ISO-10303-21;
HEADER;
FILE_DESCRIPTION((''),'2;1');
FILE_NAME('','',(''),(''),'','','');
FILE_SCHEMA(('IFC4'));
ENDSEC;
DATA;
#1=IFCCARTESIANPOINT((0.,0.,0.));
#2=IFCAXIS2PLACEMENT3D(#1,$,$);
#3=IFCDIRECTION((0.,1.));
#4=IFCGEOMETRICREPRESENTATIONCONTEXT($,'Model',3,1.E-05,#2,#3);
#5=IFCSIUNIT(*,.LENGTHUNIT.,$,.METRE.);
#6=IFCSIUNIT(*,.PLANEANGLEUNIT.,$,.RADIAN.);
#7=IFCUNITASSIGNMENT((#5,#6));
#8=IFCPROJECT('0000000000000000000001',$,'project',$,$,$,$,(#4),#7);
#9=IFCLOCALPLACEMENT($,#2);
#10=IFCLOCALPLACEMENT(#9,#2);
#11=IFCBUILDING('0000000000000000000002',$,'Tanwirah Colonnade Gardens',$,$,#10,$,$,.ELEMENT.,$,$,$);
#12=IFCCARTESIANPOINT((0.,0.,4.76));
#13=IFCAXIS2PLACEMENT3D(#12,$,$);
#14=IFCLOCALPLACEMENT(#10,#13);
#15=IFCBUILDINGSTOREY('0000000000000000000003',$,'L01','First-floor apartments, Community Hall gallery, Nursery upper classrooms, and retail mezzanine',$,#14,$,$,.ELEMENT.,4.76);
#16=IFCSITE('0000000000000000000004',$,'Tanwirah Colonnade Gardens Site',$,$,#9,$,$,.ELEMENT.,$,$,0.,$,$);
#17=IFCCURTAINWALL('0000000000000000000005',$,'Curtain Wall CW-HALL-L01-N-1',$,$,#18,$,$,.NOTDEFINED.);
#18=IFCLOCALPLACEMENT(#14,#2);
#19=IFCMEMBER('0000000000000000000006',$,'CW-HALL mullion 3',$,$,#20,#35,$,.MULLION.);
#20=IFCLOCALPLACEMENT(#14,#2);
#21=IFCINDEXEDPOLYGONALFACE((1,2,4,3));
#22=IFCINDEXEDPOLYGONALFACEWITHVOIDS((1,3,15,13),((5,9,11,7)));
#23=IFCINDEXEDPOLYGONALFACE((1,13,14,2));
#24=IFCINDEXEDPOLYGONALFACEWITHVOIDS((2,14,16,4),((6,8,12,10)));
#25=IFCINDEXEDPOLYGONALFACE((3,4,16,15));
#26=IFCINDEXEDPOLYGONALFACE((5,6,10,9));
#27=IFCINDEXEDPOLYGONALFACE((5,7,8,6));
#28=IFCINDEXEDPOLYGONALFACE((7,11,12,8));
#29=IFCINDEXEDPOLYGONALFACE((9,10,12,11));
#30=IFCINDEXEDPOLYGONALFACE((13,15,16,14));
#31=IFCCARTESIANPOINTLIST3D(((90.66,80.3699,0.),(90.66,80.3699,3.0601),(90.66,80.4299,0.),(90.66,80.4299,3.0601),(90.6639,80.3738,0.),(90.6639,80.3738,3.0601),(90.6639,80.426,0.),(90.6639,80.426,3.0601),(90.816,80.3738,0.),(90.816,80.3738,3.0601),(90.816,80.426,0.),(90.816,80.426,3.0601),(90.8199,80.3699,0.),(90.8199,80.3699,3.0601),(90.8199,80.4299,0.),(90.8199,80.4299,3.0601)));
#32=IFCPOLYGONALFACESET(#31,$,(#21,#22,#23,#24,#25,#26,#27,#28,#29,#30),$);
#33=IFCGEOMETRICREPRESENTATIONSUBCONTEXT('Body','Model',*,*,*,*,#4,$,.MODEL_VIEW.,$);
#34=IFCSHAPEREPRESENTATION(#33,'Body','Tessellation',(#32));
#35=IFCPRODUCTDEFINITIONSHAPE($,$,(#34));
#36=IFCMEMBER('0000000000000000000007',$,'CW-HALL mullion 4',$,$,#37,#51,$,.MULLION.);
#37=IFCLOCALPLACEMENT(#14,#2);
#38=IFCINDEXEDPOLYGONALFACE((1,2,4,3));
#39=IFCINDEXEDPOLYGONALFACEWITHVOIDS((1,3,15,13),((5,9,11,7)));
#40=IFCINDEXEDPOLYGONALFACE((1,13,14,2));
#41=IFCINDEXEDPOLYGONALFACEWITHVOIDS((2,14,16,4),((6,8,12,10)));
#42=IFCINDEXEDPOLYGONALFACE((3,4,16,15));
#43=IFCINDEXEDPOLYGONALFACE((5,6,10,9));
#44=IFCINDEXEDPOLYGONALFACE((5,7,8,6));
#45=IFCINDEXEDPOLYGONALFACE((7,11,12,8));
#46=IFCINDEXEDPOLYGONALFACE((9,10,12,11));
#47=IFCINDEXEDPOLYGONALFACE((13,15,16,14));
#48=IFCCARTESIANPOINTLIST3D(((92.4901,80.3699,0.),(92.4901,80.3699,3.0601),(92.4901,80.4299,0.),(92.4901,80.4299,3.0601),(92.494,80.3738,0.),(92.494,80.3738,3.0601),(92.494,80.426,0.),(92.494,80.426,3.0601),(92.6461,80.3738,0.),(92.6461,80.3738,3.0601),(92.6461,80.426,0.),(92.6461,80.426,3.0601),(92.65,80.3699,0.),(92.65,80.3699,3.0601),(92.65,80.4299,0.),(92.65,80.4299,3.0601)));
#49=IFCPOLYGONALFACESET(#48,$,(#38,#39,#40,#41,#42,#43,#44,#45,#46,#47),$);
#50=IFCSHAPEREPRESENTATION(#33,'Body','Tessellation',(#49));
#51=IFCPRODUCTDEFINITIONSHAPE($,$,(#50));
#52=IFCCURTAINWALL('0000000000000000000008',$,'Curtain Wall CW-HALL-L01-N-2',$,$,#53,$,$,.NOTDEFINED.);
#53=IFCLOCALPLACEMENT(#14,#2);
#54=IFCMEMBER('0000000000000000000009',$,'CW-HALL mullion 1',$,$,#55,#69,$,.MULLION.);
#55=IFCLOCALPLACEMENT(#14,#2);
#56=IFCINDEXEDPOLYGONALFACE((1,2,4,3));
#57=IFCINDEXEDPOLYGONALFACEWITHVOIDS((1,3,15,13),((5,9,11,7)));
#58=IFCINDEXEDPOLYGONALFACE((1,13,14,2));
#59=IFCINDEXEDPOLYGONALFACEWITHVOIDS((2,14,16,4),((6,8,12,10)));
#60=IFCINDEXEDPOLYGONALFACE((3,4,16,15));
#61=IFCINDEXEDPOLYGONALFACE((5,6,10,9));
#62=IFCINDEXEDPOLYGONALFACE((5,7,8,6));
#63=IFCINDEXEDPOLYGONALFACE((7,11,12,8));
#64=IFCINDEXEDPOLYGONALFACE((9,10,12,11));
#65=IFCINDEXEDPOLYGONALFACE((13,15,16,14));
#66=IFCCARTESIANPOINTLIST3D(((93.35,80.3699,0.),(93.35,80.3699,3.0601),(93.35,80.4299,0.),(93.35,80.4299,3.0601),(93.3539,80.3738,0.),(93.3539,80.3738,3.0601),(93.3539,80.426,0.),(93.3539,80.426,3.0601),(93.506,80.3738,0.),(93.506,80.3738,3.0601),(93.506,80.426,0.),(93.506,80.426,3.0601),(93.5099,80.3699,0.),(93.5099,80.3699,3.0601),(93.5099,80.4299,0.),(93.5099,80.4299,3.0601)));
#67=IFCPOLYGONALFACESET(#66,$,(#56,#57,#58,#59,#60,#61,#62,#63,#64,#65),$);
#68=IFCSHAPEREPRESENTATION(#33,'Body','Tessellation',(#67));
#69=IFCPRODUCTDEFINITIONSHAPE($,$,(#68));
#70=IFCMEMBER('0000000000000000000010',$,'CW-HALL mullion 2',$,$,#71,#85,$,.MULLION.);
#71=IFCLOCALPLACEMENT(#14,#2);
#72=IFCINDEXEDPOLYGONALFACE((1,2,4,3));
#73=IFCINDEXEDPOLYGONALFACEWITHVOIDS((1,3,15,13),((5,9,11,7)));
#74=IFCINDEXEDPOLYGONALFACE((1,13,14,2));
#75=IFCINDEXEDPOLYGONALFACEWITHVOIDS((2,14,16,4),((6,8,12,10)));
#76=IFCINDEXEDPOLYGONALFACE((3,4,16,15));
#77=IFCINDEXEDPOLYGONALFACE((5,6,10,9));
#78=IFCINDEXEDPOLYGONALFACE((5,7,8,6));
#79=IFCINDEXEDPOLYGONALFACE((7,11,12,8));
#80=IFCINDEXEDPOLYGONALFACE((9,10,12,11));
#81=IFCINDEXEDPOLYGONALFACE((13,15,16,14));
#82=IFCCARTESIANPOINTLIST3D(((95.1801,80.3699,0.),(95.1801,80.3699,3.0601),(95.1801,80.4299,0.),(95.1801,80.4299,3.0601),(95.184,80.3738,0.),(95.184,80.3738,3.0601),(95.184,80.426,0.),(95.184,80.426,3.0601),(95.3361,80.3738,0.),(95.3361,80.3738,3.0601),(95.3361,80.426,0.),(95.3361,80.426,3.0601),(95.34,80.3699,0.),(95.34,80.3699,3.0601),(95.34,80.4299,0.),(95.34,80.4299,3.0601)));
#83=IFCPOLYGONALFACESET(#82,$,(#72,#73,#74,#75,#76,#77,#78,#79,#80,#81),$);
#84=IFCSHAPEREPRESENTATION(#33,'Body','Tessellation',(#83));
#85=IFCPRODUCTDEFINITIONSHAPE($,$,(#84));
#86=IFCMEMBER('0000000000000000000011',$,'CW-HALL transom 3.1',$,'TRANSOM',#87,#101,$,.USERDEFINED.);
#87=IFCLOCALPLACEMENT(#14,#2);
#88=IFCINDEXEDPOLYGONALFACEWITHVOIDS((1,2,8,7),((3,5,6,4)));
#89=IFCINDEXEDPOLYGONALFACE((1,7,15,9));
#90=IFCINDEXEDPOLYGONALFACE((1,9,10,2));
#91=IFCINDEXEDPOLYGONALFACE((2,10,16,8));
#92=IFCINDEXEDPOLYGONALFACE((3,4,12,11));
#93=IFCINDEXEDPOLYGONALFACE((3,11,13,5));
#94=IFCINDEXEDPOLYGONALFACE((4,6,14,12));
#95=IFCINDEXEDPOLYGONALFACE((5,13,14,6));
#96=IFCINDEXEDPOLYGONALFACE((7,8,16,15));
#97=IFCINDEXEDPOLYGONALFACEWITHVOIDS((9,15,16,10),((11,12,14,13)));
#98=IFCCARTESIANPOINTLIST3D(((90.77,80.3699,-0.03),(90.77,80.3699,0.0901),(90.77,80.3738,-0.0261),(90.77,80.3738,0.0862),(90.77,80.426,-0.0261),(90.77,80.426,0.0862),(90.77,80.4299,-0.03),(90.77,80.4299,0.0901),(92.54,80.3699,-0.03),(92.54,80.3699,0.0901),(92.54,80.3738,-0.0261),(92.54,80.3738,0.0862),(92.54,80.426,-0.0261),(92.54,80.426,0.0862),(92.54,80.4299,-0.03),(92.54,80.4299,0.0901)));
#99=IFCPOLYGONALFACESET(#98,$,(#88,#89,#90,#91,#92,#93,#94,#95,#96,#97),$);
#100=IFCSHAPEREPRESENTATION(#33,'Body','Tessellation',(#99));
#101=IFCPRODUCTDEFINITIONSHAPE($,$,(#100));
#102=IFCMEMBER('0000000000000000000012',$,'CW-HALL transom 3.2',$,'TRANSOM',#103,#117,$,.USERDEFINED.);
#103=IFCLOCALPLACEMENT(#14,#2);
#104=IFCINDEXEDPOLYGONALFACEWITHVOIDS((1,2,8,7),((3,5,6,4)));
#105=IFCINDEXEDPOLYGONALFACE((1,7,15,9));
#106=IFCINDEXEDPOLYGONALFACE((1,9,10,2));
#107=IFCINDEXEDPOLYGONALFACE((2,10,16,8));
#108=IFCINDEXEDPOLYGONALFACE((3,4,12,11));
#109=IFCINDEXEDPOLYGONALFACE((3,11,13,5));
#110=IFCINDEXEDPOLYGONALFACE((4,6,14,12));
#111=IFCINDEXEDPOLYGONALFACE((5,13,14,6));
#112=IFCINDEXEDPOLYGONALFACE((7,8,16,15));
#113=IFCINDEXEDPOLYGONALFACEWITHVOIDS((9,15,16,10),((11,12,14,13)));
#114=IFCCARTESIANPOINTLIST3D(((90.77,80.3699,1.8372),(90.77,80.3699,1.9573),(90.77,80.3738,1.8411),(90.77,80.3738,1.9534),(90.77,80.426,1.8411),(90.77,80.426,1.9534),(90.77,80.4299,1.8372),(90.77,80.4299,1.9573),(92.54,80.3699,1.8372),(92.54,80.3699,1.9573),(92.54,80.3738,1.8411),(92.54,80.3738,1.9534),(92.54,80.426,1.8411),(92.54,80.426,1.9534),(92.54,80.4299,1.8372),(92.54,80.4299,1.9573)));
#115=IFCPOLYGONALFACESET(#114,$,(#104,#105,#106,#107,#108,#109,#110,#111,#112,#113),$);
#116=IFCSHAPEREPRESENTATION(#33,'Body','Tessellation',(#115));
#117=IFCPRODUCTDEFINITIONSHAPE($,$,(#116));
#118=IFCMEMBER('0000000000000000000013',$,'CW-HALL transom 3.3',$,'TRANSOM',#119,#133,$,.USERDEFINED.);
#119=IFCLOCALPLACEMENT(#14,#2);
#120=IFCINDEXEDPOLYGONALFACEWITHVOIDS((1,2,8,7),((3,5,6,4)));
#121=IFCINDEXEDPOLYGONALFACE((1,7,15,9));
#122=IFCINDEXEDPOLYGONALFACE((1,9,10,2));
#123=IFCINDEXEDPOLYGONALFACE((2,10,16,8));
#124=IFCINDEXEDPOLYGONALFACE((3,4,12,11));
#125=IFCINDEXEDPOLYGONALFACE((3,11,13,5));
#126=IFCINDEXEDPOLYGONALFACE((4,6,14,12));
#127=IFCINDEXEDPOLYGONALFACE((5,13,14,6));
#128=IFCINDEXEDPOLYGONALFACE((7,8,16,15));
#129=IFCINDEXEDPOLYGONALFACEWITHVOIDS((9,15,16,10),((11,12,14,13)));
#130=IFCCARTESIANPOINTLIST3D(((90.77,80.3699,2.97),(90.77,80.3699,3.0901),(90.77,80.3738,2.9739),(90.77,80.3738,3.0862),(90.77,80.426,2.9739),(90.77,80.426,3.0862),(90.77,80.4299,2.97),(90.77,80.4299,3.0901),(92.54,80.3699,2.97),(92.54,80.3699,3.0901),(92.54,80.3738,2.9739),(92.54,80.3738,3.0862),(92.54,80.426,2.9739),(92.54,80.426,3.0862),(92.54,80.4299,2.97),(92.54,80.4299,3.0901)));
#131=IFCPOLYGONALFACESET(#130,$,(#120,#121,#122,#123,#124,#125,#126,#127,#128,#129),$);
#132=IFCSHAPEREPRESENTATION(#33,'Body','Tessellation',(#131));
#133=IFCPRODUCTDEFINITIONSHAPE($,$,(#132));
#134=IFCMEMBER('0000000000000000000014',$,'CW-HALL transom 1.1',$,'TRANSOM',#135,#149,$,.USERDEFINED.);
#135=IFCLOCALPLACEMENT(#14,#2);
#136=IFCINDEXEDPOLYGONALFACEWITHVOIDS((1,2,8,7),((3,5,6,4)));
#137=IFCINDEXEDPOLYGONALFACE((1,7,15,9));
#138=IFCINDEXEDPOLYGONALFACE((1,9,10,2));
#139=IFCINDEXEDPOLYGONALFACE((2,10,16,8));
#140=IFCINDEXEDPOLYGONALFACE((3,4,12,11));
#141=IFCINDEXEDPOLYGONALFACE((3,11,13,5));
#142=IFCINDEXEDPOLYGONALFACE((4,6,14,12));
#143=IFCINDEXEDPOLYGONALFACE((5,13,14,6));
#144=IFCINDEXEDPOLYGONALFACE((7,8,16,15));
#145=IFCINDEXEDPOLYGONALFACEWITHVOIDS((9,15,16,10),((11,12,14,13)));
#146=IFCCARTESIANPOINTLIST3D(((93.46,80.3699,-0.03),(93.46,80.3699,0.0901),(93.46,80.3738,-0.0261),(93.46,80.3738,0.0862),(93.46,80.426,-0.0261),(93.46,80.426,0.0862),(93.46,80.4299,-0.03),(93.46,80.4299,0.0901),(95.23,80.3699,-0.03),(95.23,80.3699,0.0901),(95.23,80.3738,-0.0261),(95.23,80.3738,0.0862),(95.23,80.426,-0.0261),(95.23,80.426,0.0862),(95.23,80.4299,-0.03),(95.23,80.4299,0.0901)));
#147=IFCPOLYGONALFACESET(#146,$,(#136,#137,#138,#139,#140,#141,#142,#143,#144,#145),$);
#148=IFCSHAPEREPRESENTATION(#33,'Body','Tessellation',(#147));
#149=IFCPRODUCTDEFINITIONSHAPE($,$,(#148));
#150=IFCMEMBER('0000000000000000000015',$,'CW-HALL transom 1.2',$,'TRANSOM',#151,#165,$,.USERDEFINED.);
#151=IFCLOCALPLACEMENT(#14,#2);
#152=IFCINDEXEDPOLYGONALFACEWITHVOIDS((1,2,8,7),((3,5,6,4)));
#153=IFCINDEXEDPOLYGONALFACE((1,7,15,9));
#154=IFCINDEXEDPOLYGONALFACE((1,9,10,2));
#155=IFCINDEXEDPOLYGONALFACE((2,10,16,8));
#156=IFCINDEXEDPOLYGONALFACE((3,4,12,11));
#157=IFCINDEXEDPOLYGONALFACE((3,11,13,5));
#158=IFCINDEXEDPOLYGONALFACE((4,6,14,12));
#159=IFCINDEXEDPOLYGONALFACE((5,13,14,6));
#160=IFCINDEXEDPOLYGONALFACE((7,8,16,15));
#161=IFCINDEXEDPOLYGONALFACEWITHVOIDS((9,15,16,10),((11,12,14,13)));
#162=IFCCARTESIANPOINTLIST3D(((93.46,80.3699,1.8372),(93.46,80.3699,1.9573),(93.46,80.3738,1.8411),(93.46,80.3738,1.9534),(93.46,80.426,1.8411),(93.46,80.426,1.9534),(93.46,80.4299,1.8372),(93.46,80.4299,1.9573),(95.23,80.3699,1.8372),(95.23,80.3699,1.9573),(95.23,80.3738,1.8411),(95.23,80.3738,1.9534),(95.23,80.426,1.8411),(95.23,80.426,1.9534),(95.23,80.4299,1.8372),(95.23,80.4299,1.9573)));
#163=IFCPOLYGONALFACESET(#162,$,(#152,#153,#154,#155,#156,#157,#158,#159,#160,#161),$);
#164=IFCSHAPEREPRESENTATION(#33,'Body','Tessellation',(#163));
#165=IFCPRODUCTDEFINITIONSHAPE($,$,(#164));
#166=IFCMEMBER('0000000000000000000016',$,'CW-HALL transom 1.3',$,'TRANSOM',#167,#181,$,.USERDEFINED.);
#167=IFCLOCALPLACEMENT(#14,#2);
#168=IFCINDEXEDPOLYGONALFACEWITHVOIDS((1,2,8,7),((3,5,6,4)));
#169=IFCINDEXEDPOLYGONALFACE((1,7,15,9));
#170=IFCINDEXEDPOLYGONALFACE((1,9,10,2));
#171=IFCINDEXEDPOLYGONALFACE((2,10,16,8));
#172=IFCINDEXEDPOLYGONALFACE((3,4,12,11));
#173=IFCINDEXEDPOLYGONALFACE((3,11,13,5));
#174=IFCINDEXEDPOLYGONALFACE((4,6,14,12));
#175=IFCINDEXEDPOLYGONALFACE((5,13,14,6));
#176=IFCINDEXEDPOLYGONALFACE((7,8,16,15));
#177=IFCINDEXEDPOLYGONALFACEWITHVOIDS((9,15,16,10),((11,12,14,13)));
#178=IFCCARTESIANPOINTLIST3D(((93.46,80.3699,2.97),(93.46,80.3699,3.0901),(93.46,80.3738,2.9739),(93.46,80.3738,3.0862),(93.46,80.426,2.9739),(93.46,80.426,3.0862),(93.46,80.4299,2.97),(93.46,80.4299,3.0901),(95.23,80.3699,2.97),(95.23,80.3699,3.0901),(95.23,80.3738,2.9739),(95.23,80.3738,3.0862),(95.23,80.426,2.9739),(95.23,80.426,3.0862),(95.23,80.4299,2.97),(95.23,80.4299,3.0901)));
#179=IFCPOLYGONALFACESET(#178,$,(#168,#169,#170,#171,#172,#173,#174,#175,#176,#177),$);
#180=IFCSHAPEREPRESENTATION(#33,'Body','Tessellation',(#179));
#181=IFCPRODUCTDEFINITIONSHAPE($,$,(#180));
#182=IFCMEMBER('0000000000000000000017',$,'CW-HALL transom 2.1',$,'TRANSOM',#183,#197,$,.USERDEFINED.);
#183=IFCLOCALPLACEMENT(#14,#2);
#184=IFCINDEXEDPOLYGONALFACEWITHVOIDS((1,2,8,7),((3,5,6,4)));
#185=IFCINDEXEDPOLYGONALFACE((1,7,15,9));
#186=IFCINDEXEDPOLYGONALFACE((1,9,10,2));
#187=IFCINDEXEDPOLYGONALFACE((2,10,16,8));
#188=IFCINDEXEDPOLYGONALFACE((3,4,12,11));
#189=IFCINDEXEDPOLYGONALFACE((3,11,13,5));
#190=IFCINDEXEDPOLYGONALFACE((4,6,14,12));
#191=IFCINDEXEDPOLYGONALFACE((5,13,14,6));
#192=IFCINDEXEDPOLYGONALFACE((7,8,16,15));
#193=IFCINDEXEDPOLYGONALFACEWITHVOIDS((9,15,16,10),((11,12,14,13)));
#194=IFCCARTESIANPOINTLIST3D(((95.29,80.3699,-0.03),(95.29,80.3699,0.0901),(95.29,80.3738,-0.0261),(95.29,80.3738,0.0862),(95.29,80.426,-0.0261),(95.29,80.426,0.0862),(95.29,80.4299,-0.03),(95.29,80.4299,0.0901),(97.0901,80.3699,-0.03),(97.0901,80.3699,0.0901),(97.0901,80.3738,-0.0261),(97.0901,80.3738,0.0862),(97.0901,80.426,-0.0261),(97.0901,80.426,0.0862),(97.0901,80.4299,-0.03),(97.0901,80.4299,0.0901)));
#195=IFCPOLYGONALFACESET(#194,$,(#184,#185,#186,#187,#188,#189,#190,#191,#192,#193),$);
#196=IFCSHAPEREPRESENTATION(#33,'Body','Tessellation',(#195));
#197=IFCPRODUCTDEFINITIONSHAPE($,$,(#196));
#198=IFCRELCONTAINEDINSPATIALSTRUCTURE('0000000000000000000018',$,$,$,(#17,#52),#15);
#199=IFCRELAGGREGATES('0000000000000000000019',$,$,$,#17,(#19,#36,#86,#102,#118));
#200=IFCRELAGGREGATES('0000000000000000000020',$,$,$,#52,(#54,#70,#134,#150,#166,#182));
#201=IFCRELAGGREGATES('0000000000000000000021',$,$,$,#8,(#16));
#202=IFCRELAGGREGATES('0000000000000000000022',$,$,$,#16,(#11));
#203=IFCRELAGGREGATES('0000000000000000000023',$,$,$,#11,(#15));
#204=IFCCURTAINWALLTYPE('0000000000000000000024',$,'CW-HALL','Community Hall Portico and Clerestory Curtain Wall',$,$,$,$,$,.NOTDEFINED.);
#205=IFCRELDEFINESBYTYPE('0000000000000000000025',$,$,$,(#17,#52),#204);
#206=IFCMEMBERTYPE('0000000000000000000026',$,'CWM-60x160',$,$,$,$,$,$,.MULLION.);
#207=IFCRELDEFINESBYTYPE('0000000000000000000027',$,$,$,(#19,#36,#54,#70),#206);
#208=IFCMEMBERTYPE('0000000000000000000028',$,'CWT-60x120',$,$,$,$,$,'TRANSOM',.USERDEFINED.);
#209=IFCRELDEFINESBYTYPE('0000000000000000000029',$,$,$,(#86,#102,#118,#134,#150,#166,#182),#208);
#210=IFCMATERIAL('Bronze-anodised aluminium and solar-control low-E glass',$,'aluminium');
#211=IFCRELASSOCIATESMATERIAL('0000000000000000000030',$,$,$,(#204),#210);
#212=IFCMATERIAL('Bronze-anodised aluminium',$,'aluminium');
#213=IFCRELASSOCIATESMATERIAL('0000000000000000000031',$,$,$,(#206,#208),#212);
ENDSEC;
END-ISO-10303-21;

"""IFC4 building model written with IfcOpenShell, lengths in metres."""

from ifc_helpers import new_model, si_unit, direction, frame, origin, origin_2d, place, context, subcontext, project, spatial, hollow_rectangle, extrude, material, material_profile, profile_set, type_object, element, aggregate, save


model = new_model("IFC4")

# Units and contexts
model_context = context("Model", 3, precision=1e-05, world=origin(), true_north=direction((0.0, 1.0)))
body_context = subcontext(model_context, "Body", "Model", "MODEL_VIEW")
ifc_project = project(units=[si_unit("LENGTHUNIT", "METRE"), si_unit("PLANEANGLEUNIT", "RADIAN")], contexts=[model_context])

# Site, building, storey
site_placement = place(None, origin())
site = spatial("IfcSite", under=ifc_project, at=site_placement, Name="Tanwirah Colonnade Gardens Site", CompositionType="ELEMENT", RefElevation=0.0)
building_placement = place(site_placement, origin())
building = spatial("IfcBuilding", under=site, at=building_placement, Name="Tanwirah Colonnade Gardens", CompositionType="ELEMENT")
storey_placement = place(building_placement, frame((0.0, 0.0, 4.76)))
storey = spatial("IfcBuildingStorey", under=building, at=storey_placement, Name="L01", Description="First-floor apartments, Community Hall gallery, Nursery upper classrooms, and retail mezzanine", CompositionType="ELEMENT", Elevation=4.76)

# Curtain walls, members
ifc_material_1 = material(Name="Bronze-anodised aluminium and solar-control low-E glass", Category="aluminium")
curtain_wall_type = type_object("IfcCurtainWallType", Name="CW-HALL", Description="Community Hall Portico and Clerestory Curtain Wall", PredefinedType="NOTDEFINED", material=ifc_material_1)
curtain_wall_1_placement = place(storey_placement, origin())
curtain_wall_1 = element("IfcCurtainWall", 1, at=curtain_wall_1_placement, inside=storey, type_object=curtain_wall_type, Name="Curtain Wall CW-HALL-L01-N-1", PredefinedType="NOTDEFINED")
ifc_material_2 = material(Name="Bronze-anodised aluminium", Category="aluminium")
ifc_material_profile_1 = material_profile(ifc_material_2, hollow_rectangle(XDim=0.0601, YDim=0.1599, WallThickness=0.0039, at=origin_2d()), Name="CW-MUL 60x160x4")
ifc_profile_set_1 = profile_set([ifc_material_profile_1], Name="Bronze-anodised aluminium")
member_type_1 = type_object("IfcMemberType", Name="CWM-60x160", PredefinedType="MULLION", material=ifc_profile_set_1)
member_1_placement = place(storey_placement, frame((90.74, 80.3999, 0.0), z_axis=(0.0, 0.0, 1.0), x_axis=(0.0, 1.0, 0.0)))
member_1 = element("IfcMember", 2, at=member_1_placement, type_object=member_type_1, Name="CW-HALL mullion 3", PredefinedType="MULLION", context=body_context, shape_type="SweptSolid", body=[
    extrude(hollow_rectangle(XDim=0.0601, YDim=0.1599, WallThickness=0.0039, at=origin_2d()), origin(), (0.0, 0.0, 1.0), 3.0601),
])
member_2_placement = place(storey_placement, frame((92.5701, 80.3999, 0.0), z_axis=(0.0, 0.0, 1.0), x_axis=(0.0, 1.0, 0.0)))
member_2 = element("IfcMember", 3, at=member_2_placement, type_object=member_type_1, Name="CW-HALL mullion 4", PredefinedType="MULLION", context=body_context, shape_type="SweptSolid", body=[
    extrude(hollow_rectangle(XDim=0.0601, YDim=0.1599, WallThickness=0.0039, at=origin_2d()), origin(), (0.0, 0.0, 1.0), 3.0601),
])
curtain_wall_2_placement = place(storey_placement, origin())
curtain_wall_2 = element("IfcCurtainWall", 4, at=curtain_wall_2_placement, inside=storey, type_object=curtain_wall_type, Name="Curtain Wall CW-HALL-L01-N-2", PredefinedType="NOTDEFINED")
member_3_placement = place(storey_placement, frame((93.4299, 80.3999, 0.0), z_axis=(0.0, 0.0, 1.0), x_axis=(0.0, 1.0, 0.0)))
member_3 = element("IfcMember", 5, at=member_3_placement, type_object=member_type_1, Name="CW-HALL mullion 1", PredefinedType="MULLION", context=body_context, shape_type="SweptSolid", body=[
    extrude(hollow_rectangle(XDim=0.0601, YDim=0.1599, WallThickness=0.0039, at=origin_2d()), origin(), (0.0, 0.0, 1.0), 3.0601),
])
member_4_placement = place(storey_placement, frame((95.26, 80.3999, 0.0), z_axis=(0.0, 0.0, 1.0), x_axis=(0.0, 1.0, 0.0)))
member_4 = element("IfcMember", 6, at=member_4_placement, type_object=member_type_1, Name="CW-HALL mullion 2", PredefinedType="MULLION", context=body_context, shape_type="SweptSolid", body=[
    extrude(hollow_rectangle(XDim=0.0601, YDim=0.1599, WallThickness=0.0039, at=origin_2d()), origin(), (0.0, 0.0, 1.0), 3.0601),
])

# Members
ifc_material_profile_2 = material_profile(ifc_material_2, hollow_rectangle(XDim=0.0601, YDim=0.1201, WallThickness=0.0039, at=origin_2d()), Name="CW-TRN 60x120x4")
ifc_profile_set_2 = profile_set([ifc_material_profile_2], Name="Bronze-anodised aluminium")
member_type_2 = type_object("IfcMemberType", Name="CWT-60x120", ElementType="TRANSOM", PredefinedType="USERDEFINED", material=ifc_profile_set_2)
member_5_placement = place(storey_placement, frame((90.77, 80.3999, 0.03), z_axis=(1.0, 0.0, 0.0), x_axis=(0.0, 1.0, 0.0)))
member_5 = element("IfcMember", 7, at=member_5_placement, type_object=member_type_2, Name="CW-HALL transom 3.1", ObjectType="TRANSOM", PredefinedType="USERDEFINED", context=body_context, shape_type="SweptSolid", body=[
    extrude(hollow_rectangle(XDim=0.0601, YDim=0.1201, WallThickness=0.0039, at=origin_2d()), origin(), (0.0, 0.0, 1.0), 1.77),
])
member_6_placement = place(storey_placement, frame((90.77, 80.3999, 1.8972), z_axis=(1.0, 0.0, 0.0), x_axis=(0.0, 1.0, 0.0)))
member_6 = element("IfcMember", 8, at=member_6_placement, type_object=member_type_2, Name="CW-HALL transom 3.2", ObjectType="TRANSOM", PredefinedType="USERDEFINED", context=body_context, shape_type="SweptSolid", body=[
    extrude(hollow_rectangle(XDim=0.0601, YDim=0.1201, WallThickness=0.0039, at=origin_2d()), origin(), (0.0, 0.0, 1.0), 1.77),
])
member_7_placement = place(storey_placement, frame((90.77, 80.3999, 3.03), z_axis=(1.0, 0.0, 0.0), x_axis=(0.0, 1.0, 0.0)))
member_7 = element("IfcMember", 9, at=member_7_placement, type_object=member_type_2, Name="CW-HALL transom 3.3", ObjectType="TRANSOM", PredefinedType="USERDEFINED", context=body_context, shape_type="SweptSolid", body=[
    extrude(hollow_rectangle(XDim=0.0601, YDim=0.1201, WallThickness=0.0039, at=origin_2d()), origin(), (0.0, 0.0, 1.0), 1.77),
])
member_8_placement = place(storey_placement, frame((93.46, 80.3999, 0.03), z_axis=(1.0, 0.0, 0.0), x_axis=(0.0, 1.0, 0.0)))
member_8 = element("IfcMember", 10, at=member_8_placement, type_object=member_type_2, Name="CW-HALL transom 1.1", ObjectType="TRANSOM", PredefinedType="USERDEFINED", context=body_context, shape_type="SweptSolid", body=[
    extrude(hollow_rectangle(XDim=0.0601, YDim=0.1201, WallThickness=0.0039, at=origin_2d()), origin(), (0.0, 0.0, 1.0), 1.77),
])
member_9_placement = place(storey_placement, frame((93.46, 80.3999, 1.8972), z_axis=(1.0, 0.0, 0.0), x_axis=(0.0, 1.0, 0.0)))
member_9 = element("IfcMember", 11, at=member_9_placement, type_object=member_type_2, Name="CW-HALL transom 1.2", ObjectType="TRANSOM", PredefinedType="USERDEFINED", context=body_context, shape_type="SweptSolid", body=[
    extrude(hollow_rectangle(XDim=0.0601, YDim=0.1201, WallThickness=0.0039, at=origin_2d()), origin(), (0.0, 0.0, 1.0), 1.77),
])
member_10_placement = place(storey_placement, frame((93.46, 80.3999, 3.03), z_axis=(1.0, 0.0, 0.0), x_axis=(0.0, 1.0, 0.0)))
member_10 = element("IfcMember", 12, at=member_10_placement, type_object=member_type_2, Name="CW-HALL transom 1.3", ObjectType="TRANSOM", PredefinedType="USERDEFINED", context=body_context, shape_type="SweptSolid", body=[
    extrude(hollow_rectangle(XDim=0.0601, YDim=0.1201, WallThickness=0.0039, at=origin_2d()), origin(), (0.0, 0.0, 1.0), 1.77),
])
member_11_placement = place(storey_placement, frame((95.29, 80.3999, 0.03), z_axis=(1.0, 0.0, 0.0), x_axis=(0.0, 1.0, 0.0)))
member_11 = element("IfcMember", 13, at=member_11_placement, type_object=member_type_2, Name="CW-HALL transom 2.1", ObjectType="TRANSOM", PredefinedType="USERDEFINED", context=body_context, shape_type="SweptSolid", body=[
    extrude(hollow_rectangle(XDim=0.0601, YDim=0.1201, WallThickness=0.0039, at=origin_2d()), origin(), (0.0, 0.0, 1.0), 1.8),
])

aggregate(curtain_wall_1, [member_1, member_2, member_5, member_6, member_7])
aggregate(curtain_wall_2, [member_3, member_4, member_8, member_9, member_10, member_11])

save(model, "model.ifc")
